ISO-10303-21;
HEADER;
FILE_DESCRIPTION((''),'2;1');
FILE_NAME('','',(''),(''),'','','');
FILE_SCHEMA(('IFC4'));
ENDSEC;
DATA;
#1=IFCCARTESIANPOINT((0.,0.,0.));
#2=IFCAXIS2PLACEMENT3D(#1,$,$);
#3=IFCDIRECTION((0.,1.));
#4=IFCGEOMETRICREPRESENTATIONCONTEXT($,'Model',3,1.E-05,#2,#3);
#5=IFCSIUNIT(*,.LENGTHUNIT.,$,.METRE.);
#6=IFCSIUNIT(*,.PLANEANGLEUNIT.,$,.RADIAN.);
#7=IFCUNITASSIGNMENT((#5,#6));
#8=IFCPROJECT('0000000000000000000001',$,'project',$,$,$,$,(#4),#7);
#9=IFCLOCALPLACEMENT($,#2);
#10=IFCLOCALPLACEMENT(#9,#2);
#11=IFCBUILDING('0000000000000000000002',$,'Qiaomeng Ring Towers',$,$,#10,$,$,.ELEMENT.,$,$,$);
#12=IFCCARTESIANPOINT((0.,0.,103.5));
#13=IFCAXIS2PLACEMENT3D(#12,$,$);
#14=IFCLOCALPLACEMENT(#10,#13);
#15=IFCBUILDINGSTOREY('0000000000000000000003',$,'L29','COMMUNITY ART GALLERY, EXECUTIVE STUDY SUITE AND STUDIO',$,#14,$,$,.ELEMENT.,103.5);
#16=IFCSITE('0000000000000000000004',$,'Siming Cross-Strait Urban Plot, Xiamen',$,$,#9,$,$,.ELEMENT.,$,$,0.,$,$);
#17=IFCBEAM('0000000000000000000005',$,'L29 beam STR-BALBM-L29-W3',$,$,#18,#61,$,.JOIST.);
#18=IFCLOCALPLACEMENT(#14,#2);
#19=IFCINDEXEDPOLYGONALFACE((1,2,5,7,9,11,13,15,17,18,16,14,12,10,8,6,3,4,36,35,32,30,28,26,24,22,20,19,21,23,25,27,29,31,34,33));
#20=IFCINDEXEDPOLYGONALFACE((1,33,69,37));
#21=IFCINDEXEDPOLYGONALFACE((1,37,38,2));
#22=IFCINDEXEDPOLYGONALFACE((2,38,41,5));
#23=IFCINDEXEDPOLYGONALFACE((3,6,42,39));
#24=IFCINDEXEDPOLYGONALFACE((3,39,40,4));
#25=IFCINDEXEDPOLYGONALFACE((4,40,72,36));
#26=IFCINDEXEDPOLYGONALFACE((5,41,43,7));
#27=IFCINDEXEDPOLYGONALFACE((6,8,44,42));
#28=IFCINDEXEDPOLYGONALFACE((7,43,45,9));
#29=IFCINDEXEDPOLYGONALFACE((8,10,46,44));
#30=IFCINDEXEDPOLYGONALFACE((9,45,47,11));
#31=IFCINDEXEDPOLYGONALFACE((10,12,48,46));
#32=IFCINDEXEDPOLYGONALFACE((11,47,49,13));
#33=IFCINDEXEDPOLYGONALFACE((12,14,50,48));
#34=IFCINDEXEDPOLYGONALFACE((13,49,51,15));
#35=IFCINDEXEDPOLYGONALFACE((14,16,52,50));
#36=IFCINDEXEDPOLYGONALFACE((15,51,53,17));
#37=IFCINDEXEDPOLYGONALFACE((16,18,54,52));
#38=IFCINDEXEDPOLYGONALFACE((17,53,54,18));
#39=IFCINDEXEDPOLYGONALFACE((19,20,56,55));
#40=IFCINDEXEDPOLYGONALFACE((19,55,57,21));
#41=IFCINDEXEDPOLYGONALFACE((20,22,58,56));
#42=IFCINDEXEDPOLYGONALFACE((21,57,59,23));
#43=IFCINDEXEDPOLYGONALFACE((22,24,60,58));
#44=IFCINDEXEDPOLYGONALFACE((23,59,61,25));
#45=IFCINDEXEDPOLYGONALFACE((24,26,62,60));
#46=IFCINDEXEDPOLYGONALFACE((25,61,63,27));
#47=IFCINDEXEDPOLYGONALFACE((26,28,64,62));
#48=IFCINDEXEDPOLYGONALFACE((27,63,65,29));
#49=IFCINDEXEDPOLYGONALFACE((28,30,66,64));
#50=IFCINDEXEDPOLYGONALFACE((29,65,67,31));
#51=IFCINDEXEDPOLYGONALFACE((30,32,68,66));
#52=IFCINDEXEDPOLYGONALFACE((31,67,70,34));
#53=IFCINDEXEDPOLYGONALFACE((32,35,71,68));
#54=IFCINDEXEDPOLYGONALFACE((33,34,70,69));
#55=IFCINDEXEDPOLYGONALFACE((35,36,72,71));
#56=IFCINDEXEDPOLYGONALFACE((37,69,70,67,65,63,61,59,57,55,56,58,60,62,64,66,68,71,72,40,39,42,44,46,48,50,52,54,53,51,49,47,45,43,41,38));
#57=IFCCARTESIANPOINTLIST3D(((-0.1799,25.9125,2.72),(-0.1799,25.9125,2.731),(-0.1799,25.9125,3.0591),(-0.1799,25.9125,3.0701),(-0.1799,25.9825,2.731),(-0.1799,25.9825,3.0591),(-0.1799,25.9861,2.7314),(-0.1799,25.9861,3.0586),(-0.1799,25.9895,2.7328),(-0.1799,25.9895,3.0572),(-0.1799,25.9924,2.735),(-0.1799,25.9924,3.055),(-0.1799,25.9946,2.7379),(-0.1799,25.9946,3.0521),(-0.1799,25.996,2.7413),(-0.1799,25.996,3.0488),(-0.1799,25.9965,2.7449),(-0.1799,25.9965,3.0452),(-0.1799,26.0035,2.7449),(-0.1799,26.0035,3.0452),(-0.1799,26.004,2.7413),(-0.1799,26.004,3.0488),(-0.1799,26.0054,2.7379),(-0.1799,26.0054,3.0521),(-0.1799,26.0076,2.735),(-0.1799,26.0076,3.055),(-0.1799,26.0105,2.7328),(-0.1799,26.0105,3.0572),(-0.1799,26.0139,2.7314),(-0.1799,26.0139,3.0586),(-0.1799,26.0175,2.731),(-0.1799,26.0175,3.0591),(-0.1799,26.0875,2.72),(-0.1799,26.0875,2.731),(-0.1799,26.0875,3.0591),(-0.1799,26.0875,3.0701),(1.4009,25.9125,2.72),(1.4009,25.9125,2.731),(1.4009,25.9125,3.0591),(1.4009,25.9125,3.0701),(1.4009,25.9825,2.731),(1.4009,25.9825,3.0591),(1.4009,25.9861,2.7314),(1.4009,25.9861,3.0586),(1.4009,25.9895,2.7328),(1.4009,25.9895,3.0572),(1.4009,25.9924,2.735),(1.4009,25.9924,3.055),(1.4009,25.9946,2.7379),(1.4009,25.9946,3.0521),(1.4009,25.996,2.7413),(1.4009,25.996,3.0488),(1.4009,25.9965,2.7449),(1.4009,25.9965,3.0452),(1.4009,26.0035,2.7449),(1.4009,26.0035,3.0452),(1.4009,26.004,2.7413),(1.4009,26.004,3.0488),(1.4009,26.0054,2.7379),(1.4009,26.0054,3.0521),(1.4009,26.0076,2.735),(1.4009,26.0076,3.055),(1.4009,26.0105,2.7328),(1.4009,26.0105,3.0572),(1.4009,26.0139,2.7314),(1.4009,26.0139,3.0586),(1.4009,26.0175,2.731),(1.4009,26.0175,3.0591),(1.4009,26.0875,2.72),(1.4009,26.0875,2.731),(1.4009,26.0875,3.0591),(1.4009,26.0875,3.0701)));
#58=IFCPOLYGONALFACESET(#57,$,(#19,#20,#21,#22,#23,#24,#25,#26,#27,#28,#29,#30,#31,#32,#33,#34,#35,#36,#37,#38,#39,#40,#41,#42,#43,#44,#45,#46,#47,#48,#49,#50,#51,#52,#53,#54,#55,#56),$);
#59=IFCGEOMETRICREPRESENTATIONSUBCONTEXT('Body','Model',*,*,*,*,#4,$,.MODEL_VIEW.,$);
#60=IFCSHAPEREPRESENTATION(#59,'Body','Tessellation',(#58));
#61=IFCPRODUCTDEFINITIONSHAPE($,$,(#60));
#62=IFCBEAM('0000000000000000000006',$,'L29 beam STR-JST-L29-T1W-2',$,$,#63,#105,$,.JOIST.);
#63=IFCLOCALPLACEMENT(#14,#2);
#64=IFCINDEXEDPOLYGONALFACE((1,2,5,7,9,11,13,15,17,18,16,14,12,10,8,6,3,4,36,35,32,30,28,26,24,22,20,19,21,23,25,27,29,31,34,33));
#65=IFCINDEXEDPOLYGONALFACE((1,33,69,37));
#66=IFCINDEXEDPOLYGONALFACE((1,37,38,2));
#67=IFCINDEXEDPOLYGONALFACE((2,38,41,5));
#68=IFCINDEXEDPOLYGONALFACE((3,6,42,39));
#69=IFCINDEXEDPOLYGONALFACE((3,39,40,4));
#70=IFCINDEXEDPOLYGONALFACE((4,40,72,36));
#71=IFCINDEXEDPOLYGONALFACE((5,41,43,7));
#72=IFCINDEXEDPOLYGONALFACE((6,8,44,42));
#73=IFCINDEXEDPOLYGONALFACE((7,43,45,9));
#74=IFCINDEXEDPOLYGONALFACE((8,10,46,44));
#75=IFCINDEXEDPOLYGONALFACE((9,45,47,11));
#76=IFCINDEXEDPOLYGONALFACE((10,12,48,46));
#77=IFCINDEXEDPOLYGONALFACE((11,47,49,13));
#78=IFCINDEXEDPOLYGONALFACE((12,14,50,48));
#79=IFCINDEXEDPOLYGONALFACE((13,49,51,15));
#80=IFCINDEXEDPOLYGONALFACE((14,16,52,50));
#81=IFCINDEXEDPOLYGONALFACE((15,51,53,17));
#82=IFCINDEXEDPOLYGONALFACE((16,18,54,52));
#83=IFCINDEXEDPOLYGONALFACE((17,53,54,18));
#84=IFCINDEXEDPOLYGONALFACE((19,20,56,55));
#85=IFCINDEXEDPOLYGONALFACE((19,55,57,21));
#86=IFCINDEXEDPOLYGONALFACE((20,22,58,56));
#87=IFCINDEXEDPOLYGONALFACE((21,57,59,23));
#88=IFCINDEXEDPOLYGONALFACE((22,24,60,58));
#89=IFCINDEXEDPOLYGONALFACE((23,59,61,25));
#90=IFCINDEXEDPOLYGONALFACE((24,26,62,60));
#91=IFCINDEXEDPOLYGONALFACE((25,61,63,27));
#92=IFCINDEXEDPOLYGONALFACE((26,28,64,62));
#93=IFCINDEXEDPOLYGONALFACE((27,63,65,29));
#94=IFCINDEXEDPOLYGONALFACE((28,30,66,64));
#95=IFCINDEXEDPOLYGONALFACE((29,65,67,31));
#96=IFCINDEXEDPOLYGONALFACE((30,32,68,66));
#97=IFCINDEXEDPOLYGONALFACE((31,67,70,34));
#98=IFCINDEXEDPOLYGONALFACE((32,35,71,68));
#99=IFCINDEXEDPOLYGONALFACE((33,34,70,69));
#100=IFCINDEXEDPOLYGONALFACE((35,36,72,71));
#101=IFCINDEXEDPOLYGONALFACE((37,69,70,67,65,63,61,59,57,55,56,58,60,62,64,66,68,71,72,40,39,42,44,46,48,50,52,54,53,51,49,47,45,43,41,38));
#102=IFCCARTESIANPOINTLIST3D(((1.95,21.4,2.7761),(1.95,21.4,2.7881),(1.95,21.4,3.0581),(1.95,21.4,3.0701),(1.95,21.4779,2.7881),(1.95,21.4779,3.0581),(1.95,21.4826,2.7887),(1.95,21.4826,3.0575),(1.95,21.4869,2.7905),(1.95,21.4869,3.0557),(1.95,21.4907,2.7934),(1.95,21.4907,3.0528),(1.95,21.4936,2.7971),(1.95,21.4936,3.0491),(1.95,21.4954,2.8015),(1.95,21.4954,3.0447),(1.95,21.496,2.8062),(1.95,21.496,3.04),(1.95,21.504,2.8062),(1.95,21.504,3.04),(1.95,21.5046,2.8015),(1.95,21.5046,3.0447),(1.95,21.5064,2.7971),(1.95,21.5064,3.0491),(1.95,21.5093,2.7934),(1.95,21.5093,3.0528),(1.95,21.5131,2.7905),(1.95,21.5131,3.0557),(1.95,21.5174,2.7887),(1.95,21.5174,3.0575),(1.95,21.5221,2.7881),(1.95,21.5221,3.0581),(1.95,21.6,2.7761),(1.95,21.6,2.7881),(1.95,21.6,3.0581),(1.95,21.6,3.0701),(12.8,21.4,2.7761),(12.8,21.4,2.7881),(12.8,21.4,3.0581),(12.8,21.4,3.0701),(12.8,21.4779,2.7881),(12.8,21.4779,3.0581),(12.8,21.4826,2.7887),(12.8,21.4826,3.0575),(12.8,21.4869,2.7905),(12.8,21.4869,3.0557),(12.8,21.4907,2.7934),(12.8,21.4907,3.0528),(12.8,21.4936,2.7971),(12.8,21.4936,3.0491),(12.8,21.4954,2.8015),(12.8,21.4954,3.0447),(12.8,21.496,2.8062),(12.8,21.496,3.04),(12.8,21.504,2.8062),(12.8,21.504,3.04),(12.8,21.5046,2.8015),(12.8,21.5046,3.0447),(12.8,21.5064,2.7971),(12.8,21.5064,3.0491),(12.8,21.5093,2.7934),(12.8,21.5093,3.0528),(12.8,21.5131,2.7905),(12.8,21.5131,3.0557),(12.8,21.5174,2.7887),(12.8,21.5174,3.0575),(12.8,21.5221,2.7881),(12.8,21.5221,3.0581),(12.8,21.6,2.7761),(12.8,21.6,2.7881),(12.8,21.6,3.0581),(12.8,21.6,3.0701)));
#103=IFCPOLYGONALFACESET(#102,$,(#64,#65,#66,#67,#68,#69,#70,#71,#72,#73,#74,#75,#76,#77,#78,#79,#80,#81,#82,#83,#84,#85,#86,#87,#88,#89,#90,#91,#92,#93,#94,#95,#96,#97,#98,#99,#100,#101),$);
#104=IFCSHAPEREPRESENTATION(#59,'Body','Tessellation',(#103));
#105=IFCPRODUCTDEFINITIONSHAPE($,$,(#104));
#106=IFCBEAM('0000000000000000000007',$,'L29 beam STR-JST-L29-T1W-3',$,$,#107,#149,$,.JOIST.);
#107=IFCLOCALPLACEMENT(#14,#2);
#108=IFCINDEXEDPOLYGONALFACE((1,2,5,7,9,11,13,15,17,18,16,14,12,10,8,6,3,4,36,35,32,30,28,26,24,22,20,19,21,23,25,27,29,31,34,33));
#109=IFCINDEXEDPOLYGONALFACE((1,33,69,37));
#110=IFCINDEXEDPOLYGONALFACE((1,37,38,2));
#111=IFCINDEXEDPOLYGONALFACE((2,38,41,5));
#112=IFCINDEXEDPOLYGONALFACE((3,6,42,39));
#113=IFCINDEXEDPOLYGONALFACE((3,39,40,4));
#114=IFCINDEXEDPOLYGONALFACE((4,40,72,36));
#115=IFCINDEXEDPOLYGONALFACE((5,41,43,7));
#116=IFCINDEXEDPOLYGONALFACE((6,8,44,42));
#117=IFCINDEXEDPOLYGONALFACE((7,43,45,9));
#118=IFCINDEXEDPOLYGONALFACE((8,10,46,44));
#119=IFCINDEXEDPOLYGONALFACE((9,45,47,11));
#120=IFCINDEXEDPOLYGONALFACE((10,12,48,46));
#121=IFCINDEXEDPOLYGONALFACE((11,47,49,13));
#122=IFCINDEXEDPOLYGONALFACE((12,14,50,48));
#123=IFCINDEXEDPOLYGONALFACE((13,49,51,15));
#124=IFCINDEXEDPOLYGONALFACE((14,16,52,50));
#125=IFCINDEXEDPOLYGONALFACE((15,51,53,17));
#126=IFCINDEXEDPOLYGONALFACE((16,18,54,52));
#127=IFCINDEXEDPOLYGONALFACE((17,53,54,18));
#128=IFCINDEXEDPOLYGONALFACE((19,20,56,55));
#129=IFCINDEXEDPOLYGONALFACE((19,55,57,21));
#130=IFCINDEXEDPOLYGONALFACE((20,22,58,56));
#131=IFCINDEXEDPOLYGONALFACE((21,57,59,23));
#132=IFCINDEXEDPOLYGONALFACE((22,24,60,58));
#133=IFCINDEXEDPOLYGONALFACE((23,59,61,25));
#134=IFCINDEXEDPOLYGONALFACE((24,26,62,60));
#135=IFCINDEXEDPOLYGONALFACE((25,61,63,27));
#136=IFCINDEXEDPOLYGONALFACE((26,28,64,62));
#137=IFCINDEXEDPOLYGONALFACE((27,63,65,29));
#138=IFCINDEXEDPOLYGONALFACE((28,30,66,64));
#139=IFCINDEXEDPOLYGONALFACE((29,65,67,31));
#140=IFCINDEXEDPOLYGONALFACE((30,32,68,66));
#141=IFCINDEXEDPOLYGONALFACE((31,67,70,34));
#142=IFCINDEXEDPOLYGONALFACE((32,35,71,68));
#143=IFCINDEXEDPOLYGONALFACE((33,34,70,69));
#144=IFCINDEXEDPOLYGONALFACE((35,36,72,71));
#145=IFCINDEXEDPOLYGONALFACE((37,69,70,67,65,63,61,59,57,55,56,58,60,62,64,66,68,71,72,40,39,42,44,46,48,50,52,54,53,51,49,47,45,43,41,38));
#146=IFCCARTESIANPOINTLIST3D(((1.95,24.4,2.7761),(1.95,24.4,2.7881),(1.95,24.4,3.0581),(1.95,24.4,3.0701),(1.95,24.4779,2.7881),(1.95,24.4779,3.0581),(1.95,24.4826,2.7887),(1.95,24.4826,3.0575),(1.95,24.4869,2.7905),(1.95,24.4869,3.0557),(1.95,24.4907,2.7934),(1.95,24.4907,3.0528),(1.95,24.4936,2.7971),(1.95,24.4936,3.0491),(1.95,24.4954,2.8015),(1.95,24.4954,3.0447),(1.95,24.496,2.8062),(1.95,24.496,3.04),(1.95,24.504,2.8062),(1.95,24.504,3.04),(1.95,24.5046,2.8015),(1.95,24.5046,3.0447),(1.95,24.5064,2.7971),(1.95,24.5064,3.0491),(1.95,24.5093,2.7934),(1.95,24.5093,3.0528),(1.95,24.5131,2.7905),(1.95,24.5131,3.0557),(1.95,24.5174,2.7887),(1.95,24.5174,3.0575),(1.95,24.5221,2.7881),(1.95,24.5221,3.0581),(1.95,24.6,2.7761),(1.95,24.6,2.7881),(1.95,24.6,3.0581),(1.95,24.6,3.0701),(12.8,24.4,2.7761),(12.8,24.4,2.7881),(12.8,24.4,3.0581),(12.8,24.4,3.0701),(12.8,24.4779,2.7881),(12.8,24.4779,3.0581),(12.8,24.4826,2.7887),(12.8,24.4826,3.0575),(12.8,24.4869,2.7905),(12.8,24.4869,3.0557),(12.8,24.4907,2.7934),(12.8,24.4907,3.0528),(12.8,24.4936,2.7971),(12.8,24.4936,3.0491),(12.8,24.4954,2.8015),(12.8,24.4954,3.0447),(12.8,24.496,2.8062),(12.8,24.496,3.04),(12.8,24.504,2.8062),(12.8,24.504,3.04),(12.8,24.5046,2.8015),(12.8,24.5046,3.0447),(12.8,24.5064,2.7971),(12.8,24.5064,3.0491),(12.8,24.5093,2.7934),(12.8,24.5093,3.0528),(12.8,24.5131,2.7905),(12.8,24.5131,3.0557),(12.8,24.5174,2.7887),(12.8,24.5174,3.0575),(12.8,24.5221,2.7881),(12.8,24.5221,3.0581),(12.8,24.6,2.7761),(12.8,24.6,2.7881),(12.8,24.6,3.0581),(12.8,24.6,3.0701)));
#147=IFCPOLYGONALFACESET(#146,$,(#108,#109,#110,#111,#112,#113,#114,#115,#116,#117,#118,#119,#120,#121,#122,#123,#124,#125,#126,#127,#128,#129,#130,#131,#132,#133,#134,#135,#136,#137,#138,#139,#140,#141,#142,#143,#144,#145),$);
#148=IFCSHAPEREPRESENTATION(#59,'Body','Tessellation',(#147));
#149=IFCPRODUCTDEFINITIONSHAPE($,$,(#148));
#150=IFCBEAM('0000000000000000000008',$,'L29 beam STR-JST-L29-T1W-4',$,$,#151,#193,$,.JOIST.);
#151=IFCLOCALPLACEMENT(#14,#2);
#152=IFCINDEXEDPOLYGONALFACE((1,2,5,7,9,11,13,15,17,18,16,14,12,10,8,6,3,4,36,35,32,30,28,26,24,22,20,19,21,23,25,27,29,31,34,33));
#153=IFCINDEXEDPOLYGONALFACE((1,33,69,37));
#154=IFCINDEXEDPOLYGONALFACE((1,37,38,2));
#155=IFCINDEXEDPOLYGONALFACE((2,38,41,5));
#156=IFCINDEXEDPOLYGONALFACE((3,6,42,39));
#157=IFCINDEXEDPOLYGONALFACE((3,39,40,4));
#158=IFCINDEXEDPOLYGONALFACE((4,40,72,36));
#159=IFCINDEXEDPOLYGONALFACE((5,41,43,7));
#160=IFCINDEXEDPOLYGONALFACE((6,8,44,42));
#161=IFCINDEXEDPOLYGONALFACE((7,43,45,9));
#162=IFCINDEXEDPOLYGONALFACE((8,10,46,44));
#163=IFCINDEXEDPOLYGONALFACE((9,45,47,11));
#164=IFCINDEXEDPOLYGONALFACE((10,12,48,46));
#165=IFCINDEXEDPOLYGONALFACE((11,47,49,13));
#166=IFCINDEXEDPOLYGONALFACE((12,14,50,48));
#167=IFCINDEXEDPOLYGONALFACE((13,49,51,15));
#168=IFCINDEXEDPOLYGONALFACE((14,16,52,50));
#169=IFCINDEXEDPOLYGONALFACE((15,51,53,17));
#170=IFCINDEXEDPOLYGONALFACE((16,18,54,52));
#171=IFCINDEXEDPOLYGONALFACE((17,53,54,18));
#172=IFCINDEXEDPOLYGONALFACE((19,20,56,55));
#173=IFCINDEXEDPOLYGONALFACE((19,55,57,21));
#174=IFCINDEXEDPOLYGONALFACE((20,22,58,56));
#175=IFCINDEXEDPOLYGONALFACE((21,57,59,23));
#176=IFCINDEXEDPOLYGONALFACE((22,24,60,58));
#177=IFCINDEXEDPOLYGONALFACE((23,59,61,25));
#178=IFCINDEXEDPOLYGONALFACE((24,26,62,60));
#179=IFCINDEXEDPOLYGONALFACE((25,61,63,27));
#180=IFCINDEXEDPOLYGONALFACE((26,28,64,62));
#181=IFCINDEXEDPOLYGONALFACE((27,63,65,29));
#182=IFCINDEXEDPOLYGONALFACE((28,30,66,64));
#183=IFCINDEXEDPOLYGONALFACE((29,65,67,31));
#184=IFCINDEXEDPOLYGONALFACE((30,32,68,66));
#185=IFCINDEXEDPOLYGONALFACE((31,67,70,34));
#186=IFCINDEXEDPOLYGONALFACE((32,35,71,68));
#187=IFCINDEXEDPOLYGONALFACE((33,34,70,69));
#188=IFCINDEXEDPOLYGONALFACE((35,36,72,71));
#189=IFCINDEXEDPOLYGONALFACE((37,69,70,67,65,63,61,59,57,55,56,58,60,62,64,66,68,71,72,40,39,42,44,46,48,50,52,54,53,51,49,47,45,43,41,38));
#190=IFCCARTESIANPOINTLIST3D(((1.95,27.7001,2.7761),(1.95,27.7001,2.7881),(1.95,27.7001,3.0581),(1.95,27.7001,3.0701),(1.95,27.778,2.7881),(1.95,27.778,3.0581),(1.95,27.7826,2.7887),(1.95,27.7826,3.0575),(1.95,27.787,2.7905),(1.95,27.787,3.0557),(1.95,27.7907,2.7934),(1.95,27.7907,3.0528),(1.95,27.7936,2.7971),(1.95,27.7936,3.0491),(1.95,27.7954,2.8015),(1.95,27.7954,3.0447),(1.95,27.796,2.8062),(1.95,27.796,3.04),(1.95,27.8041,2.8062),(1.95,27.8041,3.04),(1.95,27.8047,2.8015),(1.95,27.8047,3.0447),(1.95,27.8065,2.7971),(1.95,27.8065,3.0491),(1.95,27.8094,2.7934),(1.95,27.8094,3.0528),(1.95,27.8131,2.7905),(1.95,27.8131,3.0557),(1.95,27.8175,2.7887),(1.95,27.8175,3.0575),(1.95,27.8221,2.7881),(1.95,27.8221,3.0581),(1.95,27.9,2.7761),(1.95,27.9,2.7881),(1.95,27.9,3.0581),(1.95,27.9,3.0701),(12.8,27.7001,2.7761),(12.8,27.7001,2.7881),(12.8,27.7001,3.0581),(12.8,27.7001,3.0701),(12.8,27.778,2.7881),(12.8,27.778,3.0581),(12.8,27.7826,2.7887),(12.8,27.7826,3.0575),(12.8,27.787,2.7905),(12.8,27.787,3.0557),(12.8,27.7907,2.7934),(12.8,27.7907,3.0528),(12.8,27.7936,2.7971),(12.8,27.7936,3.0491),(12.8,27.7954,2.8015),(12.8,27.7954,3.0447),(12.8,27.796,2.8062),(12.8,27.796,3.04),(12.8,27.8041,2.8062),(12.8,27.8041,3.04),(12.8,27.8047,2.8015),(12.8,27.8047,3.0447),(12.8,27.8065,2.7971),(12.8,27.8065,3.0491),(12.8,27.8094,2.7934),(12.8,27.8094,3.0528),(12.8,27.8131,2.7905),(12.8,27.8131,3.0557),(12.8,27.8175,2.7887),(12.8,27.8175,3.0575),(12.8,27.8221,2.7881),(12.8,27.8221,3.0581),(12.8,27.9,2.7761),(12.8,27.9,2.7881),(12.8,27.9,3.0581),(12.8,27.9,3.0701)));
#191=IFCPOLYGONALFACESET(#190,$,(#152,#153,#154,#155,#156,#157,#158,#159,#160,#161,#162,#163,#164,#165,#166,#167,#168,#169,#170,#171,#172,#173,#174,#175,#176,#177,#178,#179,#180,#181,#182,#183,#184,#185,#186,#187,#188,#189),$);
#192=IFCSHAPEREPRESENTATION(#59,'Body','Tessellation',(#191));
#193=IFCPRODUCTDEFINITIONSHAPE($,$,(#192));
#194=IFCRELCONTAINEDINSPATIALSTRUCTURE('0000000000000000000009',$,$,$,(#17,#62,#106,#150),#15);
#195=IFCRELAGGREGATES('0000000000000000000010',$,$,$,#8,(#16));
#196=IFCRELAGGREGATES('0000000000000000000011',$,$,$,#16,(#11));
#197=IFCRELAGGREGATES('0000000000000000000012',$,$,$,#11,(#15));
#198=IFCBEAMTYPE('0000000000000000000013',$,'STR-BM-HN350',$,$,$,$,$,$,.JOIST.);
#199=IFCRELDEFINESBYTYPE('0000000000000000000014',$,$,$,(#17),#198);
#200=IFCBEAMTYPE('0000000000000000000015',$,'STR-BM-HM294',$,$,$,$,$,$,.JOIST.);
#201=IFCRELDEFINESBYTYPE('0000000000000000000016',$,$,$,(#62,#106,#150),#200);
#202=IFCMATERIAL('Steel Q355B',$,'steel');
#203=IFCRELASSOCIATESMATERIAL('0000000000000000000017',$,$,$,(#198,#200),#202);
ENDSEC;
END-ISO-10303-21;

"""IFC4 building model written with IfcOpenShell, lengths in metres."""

from ifc_helpers import new_model, si_unit, direction, frame, origin, origin_2d, place, context, subcontext, project, spatial, i_section, extrude, source, transform, mapped, material, material_profile, profile_set, type_object, element, save


model = new_model("IFC4")

# Units and contexts
model_context = context("Model", 3, precision=1e-05, world=origin(), true_north=direction((0.0, 1.0)))
body_context = subcontext(model_context, "Body", "Model", "MODEL_VIEW")
ifc_project = project(units=[si_unit("LENGTHUNIT", "METRE"), si_unit("PLANEANGLEUNIT", "RADIAN")], contexts=[model_context])

# Site, building, storey
site_placement = place(None, origin())
site = spatial("IfcSite", under=ifc_project, at=site_placement, Name="Siming Cross-Strait Urban Plot, Xiamen", CompositionType="ELEMENT", RefElevation=0.0)
building_placement = place(site_placement, origin())
building = spatial("IfcBuilding", under=site, at=building_placement, Name="Qiaomeng Ring Towers", CompositionType="ELEMENT")
storey_placement = place(building_placement, frame((0.0, 0.0, 103.5)))
storey = spatial("IfcBuildingStorey", under=building, at=storey_placement, Name="L29", Description="COMMUNITY ART GALLERY, EXECUTIVE STUDY SUITE AND STUDIO", CompositionType="ELEMENT", Elevation=103.5)

# Beams
ifc_material_1 = material(Name="Steel Q355B", Category="steel")
ifc_material_profile_1 = material_profile(ifc_material_1, i_section(OverallWidth=0.175, OverallDepth=0.3501, WebThickness=0.0071, FlangeThickness=0.011, FilletRadius=0.0139, at=origin_2d()), Name="HN 350x175x7x11")
ifc_profile_set_1 = profile_set([ifc_material_profile_1], Name="Steel Q355B")
beam_type_1 = type_object("IfcBeamType", Name="STR-BM-HN350", PredefinedType="JOIST", material=ifc_profile_set_1)
shared_shape_1 = source(origin(), body_context, "Body", "SweptSolid", [
    extrude(i_section(OverallWidth=0.175, OverallDepth=0.3501, WebThickness=0.0071, FlangeThickness=0.011, FilletRadius=0.0139, at=origin_2d()), origin(), (0.0, 0.0, 1.0), 1.5808),
])
beam_1_placement = place(storey_placement, frame((-0.1799, 26.0, 2.895), z_axis=(1.0, 0.0, 0.0), x_axis=(0.0, 1.0, 0.0)))
element("IfcBeam", 1, at=beam_1_placement, inside=storey, type_object=beam_type_1, Name="L29 beam STR-BALBM-L29-W3", PredefinedType="JOIST", context=body_context, shape_type="MappedRepresentation", body=[
    mapped(shared_shape_1, transform((0.0, 0.0, 0.0), x_axis=(1.0, 0.0, 0.0), y_axis=(0.0, 1.0, 0.0), z_axis=(0.0, 0.0, 1.0), scale=1.0)),
])
ifc_material_profile_2 = material_profile(ifc_material_1, i_section(OverallWidth=0.2, OverallDepth=0.2939, WebThickness=0.0081, FlangeThickness=0.012, FilletRadius=0.0181, at=origin_2d()), Name="HM 294x200x8x12")
ifc_profile_set_2 = profile_set([ifc_material_profile_2], Name="Steel Q355B")
beam_type_2 = type_object("IfcBeamType", Name="STR-BM-HM294", PredefinedType="JOIST", material=ifc_profile_set_2)
shared_shape_2 = source(origin(), body_context, "Body", "SweptSolid", [
    extrude(i_section(OverallWidth=0.2, OverallDepth=0.2939, WebThickness=0.0081, FlangeThickness=0.012, FilletRadius=0.0181, at=origin_2d()), origin(), (0.0, 0.0, 1.0), 10.8501),
])
for number, where, z_axis, x_axis, name in (
    (2, (1.95, 21.5, 2.9231), (1.0, 0.0, 0.0), (0.0, 1.0, 0.0), "L29 beam STR-JST-L29-T1W-2"),
    (3, (1.95, 24.5, 2.9231), (1.0, 0.0, 0.0), (0.0, 1.0, 0.0), "L29 beam STR-JST-L29-T1W-3"),
    (4, (1.95, 27.8, 2.9231), (1.0, 0.0, 0.0), (0.0, 1.0, 0.0), "L29 beam STR-JST-L29-T1W-4"),
):
    element("IfcBeam", number, at=place(storey_placement, frame(where, z_axis=z_axis, x_axis=x_axis)), inside=storey, type_object=beam_type_2, Name=name, PredefinedType="JOIST", context=body_context, shape_type="MappedRepresentation", body=[
        mapped(shared_shape_2, transform((0.0, 0.0, 0.0), x_axis=(1.0, 0.0, 0.0), y_axis=(0.0, 1.0, 0.0), z_axis=(0.0, 0.0, 1.0), scale=1.0)),
    ])

save(model, "model.ifc")
